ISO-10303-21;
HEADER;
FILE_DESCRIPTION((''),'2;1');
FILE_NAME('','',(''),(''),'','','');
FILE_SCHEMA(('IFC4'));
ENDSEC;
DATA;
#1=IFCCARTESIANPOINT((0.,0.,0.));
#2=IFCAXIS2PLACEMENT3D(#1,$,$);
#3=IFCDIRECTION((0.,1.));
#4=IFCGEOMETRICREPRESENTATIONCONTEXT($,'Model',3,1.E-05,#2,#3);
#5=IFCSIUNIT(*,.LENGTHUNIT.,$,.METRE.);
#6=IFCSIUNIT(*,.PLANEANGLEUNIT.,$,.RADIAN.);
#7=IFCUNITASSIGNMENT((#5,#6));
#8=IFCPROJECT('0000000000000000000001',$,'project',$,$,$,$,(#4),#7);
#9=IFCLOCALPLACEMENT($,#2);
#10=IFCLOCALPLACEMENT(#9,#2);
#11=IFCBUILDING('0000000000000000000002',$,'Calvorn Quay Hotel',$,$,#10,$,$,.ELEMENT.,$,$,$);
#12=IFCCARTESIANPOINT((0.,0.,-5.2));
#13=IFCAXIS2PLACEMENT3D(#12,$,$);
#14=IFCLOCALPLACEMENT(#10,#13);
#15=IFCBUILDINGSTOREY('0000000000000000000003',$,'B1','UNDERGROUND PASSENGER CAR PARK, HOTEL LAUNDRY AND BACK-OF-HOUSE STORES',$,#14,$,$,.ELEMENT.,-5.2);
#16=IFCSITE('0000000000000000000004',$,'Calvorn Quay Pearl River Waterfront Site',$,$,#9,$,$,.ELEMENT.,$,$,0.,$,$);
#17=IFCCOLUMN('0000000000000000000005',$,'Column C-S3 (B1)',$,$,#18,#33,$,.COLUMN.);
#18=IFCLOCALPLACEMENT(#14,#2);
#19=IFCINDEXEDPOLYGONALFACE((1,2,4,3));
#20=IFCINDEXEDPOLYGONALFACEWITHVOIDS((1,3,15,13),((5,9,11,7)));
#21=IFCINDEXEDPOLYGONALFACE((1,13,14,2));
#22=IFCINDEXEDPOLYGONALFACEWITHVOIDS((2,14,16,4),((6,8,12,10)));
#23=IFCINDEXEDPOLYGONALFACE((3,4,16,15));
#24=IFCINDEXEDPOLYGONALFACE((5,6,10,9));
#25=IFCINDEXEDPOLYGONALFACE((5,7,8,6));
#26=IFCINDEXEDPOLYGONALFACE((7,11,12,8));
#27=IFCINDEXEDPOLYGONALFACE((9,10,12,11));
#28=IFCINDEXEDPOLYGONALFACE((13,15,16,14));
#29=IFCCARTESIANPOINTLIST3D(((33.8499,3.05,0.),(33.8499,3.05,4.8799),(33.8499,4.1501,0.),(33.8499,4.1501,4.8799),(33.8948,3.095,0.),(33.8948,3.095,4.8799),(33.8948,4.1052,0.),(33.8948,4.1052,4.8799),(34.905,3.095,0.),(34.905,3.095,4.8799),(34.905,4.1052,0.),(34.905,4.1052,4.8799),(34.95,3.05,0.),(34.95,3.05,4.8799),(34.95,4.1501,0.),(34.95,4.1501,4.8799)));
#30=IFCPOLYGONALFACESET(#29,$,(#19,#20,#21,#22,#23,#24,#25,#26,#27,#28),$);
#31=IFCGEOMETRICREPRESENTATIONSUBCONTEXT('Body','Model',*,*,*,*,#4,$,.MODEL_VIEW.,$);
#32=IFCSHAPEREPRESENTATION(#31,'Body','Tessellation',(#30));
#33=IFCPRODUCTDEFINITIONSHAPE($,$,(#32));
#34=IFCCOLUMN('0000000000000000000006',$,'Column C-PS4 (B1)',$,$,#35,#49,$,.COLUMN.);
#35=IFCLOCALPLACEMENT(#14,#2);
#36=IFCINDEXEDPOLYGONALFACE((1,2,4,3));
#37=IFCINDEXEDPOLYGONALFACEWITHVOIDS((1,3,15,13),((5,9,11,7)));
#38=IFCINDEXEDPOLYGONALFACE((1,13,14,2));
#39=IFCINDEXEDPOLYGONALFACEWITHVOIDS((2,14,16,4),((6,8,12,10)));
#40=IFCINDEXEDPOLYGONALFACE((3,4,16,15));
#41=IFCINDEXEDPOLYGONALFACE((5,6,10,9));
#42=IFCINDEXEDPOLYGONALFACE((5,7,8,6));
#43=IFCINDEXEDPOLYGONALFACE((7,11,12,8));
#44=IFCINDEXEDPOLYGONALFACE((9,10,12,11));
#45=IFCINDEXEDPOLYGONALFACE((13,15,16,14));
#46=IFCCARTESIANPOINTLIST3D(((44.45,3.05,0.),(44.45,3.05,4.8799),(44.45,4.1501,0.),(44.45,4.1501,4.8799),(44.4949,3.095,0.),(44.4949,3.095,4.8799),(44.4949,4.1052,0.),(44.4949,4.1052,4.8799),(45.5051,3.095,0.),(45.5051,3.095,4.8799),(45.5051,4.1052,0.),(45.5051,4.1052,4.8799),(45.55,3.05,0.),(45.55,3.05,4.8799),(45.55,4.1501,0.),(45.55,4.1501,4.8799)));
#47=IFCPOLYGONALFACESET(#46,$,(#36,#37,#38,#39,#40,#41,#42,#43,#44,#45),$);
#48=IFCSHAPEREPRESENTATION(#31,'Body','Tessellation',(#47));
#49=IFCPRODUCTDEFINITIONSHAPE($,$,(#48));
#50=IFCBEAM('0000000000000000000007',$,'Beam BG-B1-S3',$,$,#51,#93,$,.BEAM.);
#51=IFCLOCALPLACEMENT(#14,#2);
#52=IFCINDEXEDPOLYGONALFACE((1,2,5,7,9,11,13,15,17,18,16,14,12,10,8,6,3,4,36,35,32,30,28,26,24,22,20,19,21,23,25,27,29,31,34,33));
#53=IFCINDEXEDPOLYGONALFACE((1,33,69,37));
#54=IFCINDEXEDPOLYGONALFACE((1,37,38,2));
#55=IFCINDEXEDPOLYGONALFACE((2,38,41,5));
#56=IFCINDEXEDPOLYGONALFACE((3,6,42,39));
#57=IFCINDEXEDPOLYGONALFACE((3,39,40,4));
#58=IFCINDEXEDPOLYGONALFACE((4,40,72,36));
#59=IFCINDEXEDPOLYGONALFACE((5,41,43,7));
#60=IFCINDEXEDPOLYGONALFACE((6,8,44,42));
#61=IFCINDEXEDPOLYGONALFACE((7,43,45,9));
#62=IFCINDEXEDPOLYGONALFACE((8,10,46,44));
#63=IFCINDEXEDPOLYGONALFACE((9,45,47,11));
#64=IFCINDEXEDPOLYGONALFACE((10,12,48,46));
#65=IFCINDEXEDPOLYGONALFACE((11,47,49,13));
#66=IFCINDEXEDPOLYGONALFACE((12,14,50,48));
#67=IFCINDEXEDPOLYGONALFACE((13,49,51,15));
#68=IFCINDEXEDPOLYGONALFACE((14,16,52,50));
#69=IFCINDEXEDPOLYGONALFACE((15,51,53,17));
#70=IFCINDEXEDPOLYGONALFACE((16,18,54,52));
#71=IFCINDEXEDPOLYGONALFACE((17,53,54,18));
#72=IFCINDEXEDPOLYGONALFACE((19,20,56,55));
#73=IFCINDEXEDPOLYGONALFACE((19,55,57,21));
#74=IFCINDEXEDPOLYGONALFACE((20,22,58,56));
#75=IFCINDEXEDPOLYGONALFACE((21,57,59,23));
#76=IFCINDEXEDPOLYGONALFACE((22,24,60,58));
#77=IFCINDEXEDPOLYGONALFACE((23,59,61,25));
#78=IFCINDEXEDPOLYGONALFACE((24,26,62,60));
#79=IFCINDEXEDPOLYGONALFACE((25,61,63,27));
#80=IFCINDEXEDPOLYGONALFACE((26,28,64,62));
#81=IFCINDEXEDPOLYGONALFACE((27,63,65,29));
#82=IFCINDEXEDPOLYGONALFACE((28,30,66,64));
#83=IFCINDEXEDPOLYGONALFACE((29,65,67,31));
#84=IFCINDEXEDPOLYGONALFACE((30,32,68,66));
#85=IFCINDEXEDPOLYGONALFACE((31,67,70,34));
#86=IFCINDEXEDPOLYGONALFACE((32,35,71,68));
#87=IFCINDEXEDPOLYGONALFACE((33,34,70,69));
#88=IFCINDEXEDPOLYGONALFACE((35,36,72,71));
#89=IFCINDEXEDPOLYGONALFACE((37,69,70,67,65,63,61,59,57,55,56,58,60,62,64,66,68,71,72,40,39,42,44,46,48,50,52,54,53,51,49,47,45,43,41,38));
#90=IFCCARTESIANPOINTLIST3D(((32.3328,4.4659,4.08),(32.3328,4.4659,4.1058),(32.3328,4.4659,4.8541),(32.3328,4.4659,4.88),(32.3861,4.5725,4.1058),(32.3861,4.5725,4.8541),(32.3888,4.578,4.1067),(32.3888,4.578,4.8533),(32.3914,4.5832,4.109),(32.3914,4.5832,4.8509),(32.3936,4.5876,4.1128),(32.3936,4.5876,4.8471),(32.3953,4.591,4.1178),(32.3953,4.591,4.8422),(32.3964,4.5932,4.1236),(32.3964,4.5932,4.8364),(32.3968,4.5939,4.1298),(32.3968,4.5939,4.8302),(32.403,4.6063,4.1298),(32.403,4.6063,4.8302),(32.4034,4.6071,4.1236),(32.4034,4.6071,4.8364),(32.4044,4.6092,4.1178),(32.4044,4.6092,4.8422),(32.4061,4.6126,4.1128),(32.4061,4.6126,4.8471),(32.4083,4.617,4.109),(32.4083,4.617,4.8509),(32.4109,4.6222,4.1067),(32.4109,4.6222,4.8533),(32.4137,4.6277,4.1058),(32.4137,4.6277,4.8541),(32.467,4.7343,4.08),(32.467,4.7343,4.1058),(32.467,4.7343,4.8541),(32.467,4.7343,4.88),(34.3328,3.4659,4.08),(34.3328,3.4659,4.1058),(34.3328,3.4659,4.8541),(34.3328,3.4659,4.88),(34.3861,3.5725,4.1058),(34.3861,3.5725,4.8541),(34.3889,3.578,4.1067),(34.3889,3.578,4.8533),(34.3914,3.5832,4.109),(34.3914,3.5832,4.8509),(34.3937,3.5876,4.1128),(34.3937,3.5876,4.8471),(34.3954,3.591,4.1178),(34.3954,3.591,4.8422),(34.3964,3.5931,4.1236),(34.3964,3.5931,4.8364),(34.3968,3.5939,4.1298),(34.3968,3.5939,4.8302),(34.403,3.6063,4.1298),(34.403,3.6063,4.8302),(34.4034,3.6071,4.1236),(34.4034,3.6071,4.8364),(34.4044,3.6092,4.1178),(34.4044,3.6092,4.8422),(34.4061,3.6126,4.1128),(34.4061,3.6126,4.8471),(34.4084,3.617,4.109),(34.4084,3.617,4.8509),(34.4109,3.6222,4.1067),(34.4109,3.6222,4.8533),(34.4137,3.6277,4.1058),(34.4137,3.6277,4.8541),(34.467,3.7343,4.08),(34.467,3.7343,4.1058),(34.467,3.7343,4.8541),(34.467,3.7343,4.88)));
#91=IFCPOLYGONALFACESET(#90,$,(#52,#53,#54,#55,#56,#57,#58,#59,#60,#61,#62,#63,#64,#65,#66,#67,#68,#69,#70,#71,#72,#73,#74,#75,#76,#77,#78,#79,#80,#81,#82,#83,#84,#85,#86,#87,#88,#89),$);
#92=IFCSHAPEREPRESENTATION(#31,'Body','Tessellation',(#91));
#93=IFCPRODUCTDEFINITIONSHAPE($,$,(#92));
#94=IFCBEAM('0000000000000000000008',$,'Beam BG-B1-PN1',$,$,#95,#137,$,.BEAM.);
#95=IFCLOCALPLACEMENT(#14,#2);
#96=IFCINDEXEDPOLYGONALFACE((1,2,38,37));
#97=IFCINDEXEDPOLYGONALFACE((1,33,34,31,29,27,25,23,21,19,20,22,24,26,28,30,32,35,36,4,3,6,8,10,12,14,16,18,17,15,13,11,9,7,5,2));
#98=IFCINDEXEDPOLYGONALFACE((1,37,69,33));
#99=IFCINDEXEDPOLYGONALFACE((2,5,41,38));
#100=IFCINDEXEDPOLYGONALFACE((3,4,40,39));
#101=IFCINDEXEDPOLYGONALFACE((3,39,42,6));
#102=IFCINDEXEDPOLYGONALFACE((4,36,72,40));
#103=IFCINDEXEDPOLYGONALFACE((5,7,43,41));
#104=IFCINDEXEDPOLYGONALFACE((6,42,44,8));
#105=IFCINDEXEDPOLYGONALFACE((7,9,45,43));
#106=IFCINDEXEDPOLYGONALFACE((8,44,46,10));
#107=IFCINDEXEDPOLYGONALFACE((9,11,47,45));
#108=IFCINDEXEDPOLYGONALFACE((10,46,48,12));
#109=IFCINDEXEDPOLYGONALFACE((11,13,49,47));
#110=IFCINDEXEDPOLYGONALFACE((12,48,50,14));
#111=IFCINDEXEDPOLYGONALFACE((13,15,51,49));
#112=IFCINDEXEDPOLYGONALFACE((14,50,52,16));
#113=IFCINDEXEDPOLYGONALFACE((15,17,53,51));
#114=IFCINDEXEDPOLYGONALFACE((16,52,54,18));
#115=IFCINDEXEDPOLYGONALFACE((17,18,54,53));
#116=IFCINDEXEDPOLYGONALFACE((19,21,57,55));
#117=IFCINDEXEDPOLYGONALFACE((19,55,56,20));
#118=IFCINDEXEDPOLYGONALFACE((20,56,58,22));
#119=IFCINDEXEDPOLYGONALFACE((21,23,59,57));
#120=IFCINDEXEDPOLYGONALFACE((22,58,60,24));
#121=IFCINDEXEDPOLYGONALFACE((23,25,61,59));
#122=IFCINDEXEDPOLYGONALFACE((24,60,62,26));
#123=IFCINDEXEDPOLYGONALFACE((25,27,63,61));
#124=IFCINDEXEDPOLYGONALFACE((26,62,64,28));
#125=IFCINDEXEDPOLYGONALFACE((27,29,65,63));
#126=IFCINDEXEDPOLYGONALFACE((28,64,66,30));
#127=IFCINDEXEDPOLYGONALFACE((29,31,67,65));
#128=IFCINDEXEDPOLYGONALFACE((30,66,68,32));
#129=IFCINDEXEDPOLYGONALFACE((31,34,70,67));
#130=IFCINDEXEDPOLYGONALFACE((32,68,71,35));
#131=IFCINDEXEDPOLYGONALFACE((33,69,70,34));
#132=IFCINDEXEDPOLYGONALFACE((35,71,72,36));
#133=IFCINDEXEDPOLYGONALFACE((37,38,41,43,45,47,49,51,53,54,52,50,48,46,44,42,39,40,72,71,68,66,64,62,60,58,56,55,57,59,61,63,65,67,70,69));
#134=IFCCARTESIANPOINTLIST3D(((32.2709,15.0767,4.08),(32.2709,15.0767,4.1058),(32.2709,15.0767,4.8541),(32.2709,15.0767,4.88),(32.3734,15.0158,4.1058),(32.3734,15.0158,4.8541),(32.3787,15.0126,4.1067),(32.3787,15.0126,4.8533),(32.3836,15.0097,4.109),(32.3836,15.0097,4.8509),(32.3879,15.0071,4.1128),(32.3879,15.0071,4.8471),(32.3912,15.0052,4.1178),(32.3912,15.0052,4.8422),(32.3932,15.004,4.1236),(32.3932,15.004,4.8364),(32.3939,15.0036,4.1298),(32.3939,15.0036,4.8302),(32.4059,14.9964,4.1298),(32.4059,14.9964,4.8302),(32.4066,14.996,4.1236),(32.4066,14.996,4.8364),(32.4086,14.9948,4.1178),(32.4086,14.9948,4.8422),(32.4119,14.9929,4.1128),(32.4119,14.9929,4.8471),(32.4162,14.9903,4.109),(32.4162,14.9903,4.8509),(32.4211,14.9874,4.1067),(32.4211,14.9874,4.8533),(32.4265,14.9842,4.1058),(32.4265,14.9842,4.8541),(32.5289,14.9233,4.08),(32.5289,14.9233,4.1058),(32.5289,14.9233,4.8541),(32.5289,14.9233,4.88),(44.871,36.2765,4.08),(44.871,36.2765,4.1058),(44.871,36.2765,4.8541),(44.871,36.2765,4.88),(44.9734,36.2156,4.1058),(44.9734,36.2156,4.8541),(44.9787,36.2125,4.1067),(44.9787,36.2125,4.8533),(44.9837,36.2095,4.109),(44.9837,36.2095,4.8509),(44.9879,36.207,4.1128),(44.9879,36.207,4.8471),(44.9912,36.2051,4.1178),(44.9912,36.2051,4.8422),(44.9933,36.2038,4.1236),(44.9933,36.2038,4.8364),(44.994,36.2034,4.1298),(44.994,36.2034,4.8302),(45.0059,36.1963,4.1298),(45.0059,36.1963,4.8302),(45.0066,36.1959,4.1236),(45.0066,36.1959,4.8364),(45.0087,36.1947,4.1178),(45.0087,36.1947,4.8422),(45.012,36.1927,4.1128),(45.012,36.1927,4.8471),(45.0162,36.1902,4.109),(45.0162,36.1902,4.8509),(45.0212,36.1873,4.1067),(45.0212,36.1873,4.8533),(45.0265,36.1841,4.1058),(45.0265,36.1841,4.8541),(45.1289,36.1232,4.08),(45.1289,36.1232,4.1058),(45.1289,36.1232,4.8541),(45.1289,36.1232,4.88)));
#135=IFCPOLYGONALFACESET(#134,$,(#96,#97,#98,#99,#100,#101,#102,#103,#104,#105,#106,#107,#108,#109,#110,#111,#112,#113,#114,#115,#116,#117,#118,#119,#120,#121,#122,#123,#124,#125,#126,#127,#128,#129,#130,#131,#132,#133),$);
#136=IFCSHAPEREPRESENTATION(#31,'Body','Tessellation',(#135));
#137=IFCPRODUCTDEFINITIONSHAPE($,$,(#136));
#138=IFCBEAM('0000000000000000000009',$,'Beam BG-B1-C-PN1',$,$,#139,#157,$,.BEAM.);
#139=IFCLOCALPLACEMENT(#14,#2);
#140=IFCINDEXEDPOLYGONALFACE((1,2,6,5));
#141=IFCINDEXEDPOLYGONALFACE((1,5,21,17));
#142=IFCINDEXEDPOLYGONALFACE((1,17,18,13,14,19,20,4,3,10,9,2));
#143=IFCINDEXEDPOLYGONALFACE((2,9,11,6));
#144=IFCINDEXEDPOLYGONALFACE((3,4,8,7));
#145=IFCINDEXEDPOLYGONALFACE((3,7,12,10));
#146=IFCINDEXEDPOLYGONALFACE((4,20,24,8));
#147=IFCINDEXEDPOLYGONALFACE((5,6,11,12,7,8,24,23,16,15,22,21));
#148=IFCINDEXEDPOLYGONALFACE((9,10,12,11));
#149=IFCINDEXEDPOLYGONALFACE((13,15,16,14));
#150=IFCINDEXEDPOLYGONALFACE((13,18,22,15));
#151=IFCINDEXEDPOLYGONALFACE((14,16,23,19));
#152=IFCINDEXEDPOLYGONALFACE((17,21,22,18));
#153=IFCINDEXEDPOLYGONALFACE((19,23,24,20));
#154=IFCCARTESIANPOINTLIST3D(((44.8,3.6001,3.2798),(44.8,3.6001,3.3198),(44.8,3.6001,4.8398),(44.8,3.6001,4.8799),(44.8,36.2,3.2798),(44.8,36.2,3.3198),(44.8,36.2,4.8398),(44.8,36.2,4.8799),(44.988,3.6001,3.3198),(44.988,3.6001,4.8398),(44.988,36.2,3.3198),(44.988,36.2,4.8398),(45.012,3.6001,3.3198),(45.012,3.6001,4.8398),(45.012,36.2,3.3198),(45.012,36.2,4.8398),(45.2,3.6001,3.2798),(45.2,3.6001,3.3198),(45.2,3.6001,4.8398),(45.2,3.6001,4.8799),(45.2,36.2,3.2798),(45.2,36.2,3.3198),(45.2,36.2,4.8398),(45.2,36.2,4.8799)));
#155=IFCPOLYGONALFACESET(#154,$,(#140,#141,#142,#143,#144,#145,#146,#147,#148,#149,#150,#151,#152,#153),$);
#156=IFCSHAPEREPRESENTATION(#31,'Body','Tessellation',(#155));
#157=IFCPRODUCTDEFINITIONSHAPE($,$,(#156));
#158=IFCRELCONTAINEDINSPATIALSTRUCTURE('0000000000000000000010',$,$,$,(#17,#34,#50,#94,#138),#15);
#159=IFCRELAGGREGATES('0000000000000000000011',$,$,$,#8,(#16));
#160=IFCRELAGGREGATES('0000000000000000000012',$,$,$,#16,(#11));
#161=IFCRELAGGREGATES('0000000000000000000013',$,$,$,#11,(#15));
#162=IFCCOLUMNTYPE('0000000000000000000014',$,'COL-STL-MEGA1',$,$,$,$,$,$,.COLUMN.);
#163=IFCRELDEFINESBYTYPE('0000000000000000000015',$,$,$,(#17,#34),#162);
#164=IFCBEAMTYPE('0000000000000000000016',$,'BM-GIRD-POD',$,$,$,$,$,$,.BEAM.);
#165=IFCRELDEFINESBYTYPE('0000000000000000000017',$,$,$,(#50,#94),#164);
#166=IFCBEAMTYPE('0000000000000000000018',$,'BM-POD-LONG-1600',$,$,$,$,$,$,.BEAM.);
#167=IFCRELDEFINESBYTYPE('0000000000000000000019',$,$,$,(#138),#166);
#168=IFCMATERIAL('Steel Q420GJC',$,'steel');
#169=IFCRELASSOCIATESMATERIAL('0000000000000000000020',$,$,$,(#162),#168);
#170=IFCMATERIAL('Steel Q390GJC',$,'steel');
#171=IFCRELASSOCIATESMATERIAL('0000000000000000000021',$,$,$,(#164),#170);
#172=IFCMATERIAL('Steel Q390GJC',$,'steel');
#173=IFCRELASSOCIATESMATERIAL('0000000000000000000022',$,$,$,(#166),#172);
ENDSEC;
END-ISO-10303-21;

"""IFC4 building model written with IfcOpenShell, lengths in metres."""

from ifc_helpers import new_model, si_unit, direction, frame, origin, origin_2d, place, context, subcontext, project, spatial, hollow_rectangle, i_section, extrude, material, material_profile, profile_set, type_object, element, save


model = new_model("IFC4")

# Units and contexts
model_context = context("Model", 3, precision=1e-05, world=origin(), true_north=direction((0.0, 1.0)))
body_context = subcontext(model_context, "Body", "Model", "MODEL_VIEW")
ifc_project = project(units=[si_unit("LENGTHUNIT", "METRE"), si_unit("PLANEANGLEUNIT", "RADIAN")], contexts=[model_context])

# Site, building, storey
site_placement = place(None, origin())
site = spatial("IfcSite", under=ifc_project, at=site_placement, Name="Calvorn Quay Pearl River Waterfront Site", CompositionType="ELEMENT", RefElevation=0.0)
building_placement = place(site_placement, origin())
building = spatial("IfcBuilding", under=site, at=building_placement, Name="Calvorn Quay Hotel", CompositionType="ELEMENT")
storey_placement = place(building_placement, frame((0.0, 0.0, -5.2)))
storey = spatial("IfcBuildingStorey", under=building, at=storey_placement, Name="B1", Description="UNDERGROUND PASSENGER CAR PARK, HOTEL LAUNDRY AND BACK-OF-HOUSE STORES", CompositionType="ELEMENT", Elevation=-5.2)

# Columns
ifc_material_1 = material(Name="Steel Q420GJC", Category="steel")
ifc_material_profile_1 = material_profile(ifc_material_1, hollow_rectangle(XDim=1.1001, YDim=1.1001, WallThickness=0.0449, at=origin_2d()), Name="BOX1100x1100x45")
ifc_profile_set_1 = profile_set([ifc_material_profile_1], Name="Steel Q420GJC")
column_type = type_object("IfcColumnType", Name="COL-STL-MEGA1", PredefinedType="COLUMN", material=ifc_profile_set_1)
for number, where, z_axis, x_axis, name in (
    (1, (34.3999, 3.6001, 0.0), (0.0, 0.0, 1.0), (1.0, 0.0, 0.0), "Column C-S3 (B1)"),
    (2, (45.0, 3.6001, 0.0), (0.0, 0.0, 1.0), (1.0, 0.0, 0.0), "Column C-PS4 (B1)"),
):
    element("IfcColumn", number, at=place(storey_placement, frame(where, z_axis=z_axis, x_axis=x_axis)), inside=storey, type_object=column_type, Name=name, PredefinedType="COLUMN", context=body_context, shape_type="SweptSolid", body=[
        extrude(hollow_rectangle(XDim=1.1001, YDim=1.1001, WallThickness=0.0449, at=origin_2d()), origin(), (0.0, 0.0, 1.0), 4.8799),
    ])

# Beams
ifc_material_2 = material(Name="Steel Q390GJC", Category="steel")
ifc_material_profile_2 = material_profile(ifc_material_2, i_section(OverallWidth=0.3, OverallDepth=0.8, WebThickness=0.0139, FlangeThickness=0.0259, FilletRadius=0.0239, at=origin_2d()), Name="HN800x300x14x26")
ifc_profile_set_2 = profile_set([ifc_material_profile_2], Name="Steel Q390GJC")
beam_type_1 = type_object("IfcBeamType", Name="BM-GIRD-POD", PredefinedType="BEAM", material=ifc_profile_set_2)
beam_1_placement = place(storey_placement, frame((34.3999, 3.6001, 4.48), z_axis=(-0.894427, 0.447214, 0.0), x_axis=(-0.447214, -0.894427, 0.0)))
element("IfcBeam", 3, at=beam_1_placement, inside=storey, type_object=beam_type_1, Name="Beam BG-B1-S3", PredefinedType="BEAM", context=body_context, shape_type="SweptSolid", body=[
    extrude(i_section(OverallWidth=0.3, OverallDepth=0.8, WebThickness=0.0139, FlangeThickness=0.0259, FilletRadius=0.0239, at=origin_2d()), origin(), (0.0, 0.0, 1.0), 2.2361),
])
beam_2_placement = place(storey_placement, frame((32.3999, 15.0, 4.48), z_axis=(0.510917, 0.85963, 0.0), x_axis=(-0.85963, 0.510917, 0.0)))
element("IfcBeam", 4, at=beam_2_placement, inside=storey, type_object=beam_type_1, Name="Beam BG-B1-PN1", PredefinedType="BEAM", context=body_context, shape_type="SweptSolid", body=[
    extrude(i_section(OverallWidth=0.3, OverallDepth=0.8, WebThickness=0.0139, FlangeThickness=0.0259, FilletRadius=0.0239, at=origin_2d()), origin(), (0.0, 0.0, 1.0), 24.6616),
])
ifc_material_3 = material(Name="Steel Q390GJC", Category="steel")
ifc_material_profile_3 = material_profile(ifc_material_3, i_section(OverallWidth=0.3999, OverallDepth=1.6001, WebThickness=0.0239, FlangeThickness=0.04, at=origin_2d()), Name="HN1600x400x24x40")
ifc_profile_set_3 = profile_set([ifc_material_profile_3], Name="Steel Q390GJC")
beam_type_2 = type_object("IfcBeamType", Name="BM-POD-LONG-1600", PredefinedType="BEAM", material=ifc_profile_set_3)
beam_3_placement = place(storey_placement, frame((45.0, 3.6001, 4.0798), z_axis=(0.0, 1.0, 0.0), x_axis=(-1.0, 0.0, 0.0)))
element("IfcBeam", 5, at=beam_3_placement, inside=storey, type_object=beam_type_2, Name="Beam BG-B1-C-PN1", PredefinedType="BEAM", context=body_context, shape_type="SweptSolid", body=[
    extrude(i_section(OverallWidth=0.3999, OverallDepth=1.6001, WebThickness=0.0239, FlangeThickness=0.04, at=origin_2d()), origin(), (0.0, 0.0, 1.0), 32.5999),
])

save(model, "model.ifc")
